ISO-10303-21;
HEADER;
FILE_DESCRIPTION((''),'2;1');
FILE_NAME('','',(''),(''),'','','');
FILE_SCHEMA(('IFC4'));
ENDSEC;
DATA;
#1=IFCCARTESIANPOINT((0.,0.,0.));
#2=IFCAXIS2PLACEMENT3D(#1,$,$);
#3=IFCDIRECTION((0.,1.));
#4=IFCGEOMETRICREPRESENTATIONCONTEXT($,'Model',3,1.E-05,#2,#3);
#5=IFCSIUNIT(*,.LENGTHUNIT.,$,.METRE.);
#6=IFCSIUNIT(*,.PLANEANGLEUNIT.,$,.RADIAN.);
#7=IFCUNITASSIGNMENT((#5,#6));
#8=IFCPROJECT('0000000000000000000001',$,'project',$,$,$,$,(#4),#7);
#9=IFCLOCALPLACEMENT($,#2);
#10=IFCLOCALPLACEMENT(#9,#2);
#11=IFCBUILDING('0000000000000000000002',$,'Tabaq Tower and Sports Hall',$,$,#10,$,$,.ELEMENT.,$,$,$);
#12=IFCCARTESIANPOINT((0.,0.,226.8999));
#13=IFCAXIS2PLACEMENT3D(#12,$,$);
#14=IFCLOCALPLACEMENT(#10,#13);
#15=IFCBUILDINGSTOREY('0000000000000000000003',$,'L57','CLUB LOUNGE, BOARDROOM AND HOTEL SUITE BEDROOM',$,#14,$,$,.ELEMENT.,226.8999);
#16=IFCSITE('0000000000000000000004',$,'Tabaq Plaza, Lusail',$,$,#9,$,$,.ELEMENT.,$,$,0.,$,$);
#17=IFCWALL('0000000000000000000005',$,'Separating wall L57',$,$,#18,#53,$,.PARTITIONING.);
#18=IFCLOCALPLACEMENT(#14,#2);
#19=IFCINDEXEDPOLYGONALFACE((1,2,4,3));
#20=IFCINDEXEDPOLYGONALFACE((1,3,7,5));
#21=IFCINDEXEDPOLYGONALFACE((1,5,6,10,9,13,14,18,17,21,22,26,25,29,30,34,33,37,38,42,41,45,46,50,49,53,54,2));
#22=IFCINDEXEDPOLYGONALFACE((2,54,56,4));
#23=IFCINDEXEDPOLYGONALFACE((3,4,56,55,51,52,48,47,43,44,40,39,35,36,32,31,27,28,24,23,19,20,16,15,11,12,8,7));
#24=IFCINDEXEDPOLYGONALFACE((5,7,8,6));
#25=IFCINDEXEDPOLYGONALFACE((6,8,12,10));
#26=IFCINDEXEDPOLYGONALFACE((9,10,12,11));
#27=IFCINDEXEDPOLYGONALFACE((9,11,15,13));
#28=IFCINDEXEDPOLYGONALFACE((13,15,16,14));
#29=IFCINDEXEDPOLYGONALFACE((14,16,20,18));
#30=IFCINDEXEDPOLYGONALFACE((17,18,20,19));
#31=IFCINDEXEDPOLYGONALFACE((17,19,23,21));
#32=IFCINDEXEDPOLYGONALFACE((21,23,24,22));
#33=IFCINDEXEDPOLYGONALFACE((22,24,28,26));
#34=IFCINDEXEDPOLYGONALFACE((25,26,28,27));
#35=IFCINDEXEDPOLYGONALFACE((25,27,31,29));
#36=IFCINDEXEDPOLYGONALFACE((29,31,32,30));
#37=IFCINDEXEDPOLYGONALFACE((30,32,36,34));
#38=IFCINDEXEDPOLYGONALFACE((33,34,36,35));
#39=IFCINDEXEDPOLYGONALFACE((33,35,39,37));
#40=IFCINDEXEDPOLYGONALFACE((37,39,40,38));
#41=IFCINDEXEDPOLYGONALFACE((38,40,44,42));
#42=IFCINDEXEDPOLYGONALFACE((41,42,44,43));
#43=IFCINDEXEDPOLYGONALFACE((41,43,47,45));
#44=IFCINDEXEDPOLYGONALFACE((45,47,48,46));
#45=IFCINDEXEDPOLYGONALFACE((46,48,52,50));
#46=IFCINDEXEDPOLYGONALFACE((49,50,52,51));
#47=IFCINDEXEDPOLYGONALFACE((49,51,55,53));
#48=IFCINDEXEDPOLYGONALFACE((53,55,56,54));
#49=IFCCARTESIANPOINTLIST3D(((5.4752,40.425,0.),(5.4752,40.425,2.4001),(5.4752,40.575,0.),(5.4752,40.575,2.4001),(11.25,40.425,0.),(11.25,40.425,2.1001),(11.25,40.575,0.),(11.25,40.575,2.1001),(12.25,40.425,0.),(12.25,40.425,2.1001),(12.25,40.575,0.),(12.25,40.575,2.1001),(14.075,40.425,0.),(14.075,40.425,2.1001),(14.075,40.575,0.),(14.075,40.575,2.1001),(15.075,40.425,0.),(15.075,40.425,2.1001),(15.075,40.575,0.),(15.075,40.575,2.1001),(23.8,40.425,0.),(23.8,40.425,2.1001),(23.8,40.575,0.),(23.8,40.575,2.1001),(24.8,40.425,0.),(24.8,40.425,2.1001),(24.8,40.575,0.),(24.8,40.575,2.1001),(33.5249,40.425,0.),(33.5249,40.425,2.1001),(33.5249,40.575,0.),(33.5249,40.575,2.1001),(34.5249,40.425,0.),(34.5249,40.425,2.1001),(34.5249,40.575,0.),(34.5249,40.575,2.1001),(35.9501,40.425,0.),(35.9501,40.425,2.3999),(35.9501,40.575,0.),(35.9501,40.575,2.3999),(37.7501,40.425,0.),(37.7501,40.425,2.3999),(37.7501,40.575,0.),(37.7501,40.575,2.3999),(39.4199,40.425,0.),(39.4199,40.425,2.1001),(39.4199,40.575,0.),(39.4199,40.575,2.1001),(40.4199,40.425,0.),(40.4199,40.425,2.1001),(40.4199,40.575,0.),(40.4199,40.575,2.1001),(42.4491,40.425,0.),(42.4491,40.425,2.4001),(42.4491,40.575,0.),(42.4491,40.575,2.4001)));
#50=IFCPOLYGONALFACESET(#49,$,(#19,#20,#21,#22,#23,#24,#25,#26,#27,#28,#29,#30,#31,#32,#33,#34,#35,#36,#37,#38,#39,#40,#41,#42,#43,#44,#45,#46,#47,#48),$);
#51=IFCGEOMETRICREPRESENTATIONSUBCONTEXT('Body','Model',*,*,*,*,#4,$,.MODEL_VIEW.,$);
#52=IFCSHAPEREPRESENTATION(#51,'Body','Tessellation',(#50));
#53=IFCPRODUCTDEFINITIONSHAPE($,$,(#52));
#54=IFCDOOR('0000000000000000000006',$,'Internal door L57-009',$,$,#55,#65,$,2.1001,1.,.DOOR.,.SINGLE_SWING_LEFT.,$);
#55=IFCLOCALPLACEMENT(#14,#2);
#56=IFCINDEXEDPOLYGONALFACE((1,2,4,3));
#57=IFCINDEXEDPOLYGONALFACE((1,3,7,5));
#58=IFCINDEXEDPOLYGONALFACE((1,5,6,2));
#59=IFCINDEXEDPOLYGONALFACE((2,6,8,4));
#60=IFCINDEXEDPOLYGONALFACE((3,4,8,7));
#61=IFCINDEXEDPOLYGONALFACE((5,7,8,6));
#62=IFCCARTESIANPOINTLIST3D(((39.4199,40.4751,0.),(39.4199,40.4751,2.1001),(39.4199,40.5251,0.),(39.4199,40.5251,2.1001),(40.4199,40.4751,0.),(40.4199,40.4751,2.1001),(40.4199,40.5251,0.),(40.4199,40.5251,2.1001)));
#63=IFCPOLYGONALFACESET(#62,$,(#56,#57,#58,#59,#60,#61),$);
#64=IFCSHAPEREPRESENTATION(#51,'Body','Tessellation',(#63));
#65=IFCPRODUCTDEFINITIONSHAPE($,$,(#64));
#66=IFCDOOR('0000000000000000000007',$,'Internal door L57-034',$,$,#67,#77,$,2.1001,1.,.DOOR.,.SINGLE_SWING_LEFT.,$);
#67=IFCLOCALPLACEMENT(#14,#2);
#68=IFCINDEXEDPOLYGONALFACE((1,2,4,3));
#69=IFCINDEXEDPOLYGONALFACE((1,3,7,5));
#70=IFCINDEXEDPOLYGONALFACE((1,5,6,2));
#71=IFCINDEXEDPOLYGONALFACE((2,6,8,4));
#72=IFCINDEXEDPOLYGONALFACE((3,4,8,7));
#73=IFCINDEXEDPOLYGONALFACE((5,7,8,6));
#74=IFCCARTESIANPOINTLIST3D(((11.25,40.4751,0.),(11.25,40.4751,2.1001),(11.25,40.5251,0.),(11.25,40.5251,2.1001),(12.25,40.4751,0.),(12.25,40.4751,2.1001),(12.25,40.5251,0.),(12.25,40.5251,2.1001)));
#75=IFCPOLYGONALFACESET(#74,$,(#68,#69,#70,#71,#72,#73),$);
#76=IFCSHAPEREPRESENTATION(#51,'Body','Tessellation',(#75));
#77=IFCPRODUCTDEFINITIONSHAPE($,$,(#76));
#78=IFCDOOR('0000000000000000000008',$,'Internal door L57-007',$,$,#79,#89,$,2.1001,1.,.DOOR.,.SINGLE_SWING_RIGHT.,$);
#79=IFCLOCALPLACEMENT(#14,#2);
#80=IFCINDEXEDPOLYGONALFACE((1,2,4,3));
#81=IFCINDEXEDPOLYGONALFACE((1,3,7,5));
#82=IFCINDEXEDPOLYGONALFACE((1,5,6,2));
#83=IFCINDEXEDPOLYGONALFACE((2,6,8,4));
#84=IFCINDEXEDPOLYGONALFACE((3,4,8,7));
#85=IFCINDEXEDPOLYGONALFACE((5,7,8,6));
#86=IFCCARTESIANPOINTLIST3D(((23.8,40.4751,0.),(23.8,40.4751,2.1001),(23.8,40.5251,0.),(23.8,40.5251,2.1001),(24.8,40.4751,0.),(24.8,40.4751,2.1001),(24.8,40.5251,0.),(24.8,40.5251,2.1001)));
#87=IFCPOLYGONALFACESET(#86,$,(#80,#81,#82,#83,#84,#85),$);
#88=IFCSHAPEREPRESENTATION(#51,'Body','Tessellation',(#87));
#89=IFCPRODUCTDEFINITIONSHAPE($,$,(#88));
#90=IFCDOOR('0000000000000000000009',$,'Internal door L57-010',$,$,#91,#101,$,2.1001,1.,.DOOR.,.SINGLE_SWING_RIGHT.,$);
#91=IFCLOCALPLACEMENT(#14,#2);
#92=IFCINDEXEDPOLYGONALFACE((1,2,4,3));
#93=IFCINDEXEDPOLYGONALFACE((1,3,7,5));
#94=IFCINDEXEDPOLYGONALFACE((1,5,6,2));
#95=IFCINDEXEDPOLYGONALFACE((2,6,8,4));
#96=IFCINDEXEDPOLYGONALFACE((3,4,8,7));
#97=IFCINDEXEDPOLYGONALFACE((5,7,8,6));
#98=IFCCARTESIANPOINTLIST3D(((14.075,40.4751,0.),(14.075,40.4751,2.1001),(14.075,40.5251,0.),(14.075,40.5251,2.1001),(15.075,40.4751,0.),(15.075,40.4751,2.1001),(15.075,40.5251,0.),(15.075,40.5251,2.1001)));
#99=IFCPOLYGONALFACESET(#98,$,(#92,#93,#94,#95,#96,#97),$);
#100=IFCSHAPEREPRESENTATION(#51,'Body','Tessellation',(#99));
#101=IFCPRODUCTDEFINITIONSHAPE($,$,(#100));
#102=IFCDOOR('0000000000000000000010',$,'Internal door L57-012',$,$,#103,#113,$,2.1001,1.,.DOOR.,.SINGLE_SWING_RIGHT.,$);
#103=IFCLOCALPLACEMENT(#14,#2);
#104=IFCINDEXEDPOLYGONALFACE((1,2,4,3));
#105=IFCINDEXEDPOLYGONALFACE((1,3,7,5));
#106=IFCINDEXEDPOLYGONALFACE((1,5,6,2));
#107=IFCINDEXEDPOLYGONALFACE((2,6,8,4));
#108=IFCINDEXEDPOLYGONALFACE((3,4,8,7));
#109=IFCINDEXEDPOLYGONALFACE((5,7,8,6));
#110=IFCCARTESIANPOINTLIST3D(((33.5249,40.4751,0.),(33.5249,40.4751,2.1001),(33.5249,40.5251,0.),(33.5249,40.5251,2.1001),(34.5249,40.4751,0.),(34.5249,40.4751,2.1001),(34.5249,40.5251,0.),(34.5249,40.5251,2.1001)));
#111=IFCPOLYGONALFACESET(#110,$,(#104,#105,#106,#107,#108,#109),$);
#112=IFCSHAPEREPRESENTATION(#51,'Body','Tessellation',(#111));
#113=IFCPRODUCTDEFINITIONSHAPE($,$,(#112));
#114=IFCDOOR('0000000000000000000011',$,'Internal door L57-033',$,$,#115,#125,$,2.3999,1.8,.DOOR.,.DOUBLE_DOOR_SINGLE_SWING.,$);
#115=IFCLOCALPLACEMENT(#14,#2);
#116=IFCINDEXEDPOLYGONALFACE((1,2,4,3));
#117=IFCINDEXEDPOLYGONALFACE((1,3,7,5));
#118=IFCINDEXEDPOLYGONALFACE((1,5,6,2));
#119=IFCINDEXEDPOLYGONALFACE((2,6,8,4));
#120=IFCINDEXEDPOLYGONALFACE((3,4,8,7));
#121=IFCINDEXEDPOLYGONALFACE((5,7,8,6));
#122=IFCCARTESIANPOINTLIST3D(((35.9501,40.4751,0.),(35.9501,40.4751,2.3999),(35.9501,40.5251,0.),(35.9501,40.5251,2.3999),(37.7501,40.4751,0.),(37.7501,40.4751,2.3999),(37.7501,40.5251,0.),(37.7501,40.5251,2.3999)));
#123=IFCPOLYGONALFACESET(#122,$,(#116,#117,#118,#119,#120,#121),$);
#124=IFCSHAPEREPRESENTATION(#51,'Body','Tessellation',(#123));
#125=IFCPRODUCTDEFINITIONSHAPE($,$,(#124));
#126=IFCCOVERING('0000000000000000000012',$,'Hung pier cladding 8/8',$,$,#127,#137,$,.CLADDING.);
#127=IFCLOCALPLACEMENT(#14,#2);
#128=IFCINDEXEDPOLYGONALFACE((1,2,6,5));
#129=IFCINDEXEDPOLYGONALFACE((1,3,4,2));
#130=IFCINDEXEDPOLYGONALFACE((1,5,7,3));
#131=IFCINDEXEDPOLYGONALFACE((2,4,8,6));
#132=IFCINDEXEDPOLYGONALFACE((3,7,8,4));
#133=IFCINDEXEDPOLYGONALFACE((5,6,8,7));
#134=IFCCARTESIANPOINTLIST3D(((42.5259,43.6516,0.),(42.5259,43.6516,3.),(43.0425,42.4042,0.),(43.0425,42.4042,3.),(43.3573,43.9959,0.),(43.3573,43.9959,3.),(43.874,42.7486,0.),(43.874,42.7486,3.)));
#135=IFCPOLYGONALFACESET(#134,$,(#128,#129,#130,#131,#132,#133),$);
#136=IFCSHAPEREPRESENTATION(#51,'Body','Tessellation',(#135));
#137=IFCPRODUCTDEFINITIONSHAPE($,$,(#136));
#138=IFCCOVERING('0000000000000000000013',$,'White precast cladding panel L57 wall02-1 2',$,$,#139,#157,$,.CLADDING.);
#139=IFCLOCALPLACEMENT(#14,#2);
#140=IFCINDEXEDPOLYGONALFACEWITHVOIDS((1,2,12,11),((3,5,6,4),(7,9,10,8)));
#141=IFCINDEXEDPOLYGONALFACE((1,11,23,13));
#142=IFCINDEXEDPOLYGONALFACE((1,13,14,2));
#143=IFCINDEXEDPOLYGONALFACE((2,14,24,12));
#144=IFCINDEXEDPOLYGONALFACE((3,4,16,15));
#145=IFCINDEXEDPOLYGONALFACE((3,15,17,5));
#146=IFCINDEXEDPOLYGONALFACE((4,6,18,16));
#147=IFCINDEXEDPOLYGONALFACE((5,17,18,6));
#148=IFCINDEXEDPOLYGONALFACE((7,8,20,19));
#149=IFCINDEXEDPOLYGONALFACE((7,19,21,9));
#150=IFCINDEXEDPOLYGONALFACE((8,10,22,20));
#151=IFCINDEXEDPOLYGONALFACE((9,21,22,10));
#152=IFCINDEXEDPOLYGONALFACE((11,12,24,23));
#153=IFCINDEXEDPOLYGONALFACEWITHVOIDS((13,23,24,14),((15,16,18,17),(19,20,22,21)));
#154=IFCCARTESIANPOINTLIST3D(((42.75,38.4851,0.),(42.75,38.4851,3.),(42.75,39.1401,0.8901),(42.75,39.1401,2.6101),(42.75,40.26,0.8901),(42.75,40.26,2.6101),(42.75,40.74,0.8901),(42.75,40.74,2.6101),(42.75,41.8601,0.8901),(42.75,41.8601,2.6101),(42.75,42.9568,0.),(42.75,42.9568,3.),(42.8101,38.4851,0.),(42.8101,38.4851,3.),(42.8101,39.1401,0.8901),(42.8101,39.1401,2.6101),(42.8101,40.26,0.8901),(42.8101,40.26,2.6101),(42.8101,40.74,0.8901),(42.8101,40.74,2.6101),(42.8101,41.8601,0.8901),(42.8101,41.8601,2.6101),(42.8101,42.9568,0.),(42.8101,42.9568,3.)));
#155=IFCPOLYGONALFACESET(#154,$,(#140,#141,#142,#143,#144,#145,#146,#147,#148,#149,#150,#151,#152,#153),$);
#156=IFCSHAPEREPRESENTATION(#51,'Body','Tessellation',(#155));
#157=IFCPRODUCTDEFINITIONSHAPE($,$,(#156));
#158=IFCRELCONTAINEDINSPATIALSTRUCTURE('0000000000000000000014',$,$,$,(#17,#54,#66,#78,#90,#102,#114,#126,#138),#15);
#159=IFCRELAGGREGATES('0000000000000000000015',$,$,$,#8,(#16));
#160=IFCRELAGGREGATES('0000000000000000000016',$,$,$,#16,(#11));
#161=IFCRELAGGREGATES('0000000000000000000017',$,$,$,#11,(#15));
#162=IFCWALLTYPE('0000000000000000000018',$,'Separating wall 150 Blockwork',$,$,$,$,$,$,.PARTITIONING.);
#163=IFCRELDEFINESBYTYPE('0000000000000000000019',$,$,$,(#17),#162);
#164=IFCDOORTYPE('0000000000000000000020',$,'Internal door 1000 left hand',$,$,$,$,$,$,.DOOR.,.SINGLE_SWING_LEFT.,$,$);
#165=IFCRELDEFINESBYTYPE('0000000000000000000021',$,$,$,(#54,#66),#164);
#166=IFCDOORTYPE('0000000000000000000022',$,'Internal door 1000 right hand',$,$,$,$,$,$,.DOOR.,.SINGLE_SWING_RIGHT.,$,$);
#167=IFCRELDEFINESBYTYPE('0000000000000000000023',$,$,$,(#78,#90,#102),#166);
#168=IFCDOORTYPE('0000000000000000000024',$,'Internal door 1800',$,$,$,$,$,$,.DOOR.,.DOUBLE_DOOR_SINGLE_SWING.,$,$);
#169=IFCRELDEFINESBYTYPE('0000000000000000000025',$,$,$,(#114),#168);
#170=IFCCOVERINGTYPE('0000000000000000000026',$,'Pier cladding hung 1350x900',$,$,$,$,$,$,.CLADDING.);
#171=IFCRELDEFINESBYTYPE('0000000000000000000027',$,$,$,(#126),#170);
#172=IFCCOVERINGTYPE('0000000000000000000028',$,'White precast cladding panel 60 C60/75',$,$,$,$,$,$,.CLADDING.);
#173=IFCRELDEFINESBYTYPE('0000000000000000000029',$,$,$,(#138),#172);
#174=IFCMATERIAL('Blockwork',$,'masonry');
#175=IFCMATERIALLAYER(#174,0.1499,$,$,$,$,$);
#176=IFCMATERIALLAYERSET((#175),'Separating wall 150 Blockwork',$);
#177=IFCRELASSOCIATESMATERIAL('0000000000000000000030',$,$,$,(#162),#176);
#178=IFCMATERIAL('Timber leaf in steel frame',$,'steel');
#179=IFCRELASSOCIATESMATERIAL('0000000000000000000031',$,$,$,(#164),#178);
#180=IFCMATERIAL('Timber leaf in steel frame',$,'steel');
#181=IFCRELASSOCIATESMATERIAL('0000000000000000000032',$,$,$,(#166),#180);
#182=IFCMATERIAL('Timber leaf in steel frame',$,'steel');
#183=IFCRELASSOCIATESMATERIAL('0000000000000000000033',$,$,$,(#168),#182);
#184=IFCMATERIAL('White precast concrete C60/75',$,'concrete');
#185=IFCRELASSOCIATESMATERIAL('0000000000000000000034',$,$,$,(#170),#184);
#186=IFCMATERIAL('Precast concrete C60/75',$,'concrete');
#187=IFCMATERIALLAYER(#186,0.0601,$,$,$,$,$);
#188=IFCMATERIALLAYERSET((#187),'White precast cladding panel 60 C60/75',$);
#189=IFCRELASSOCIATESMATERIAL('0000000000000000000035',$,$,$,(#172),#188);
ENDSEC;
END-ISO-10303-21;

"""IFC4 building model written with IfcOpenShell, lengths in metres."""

from ifc_helpers import new_model, si_unit, direction, frame, frame_2d, origin, place, context, subcontext, project, spatial, polyline, rectangle, outline, extrude, material, layer, layer_set, type_object, element, fill, save


model = new_model("IFC4")

# Units and contexts
model_context = context("Model", 3, precision=1e-05, world=origin(), true_north=direction((0.0, 1.0)))
body_context = subcontext(model_context, "Body", "Model", "MODEL_VIEW")
ifc_project = project(units=[si_unit("LENGTHUNIT", "METRE"), si_unit("PLANEANGLEUNIT", "RADIAN")], contexts=[model_context])

# Site, building, storey
site_placement = place(None, origin())
site = spatial("IfcSite", under=ifc_project, at=site_placement, Name="Tabaq Plaza, Lusail", CompositionType="ELEMENT", RefElevation=0.0)
building_placement = place(site_placement, origin())
building = spatial("IfcBuilding", under=site, at=building_placement, Name="Tabaq Tower and Sports Hall", CompositionType="ELEMENT")
storey_placement = place(building_placement, frame((0.0, 0.0, 226.8999)))
storey = spatial("IfcBuildingStorey", under=building, at=storey_placement, Name="L57", Description="CLUB LOUNGE, BOARDROOM AND HOTEL SUITE BEDROOM", CompositionType="ELEMENT", Elevation=226.8999)

# Wall, openings, doors
ifc_material_1 = material(Name="Blockwork", Category="masonry")
ifc_layer_1 = layer(ifc_material_1, 0.1499)
ifc_layer_set_1 = layer_set([ifc_layer_1], Name="Separating wall 150 Blockwork")
wall_type_1 = type_object("IfcWallType", Name="Separating wall 150 Blockwork", PredefinedType="PARTITIONING", material=ifc_layer_set_1)
wall_1_placement = place(storey_placement, frame((42.449, 40.5, 0.0), z_axis=(0.0, 0.0, 1.0), x_axis=(-1.0, 0.0, 0.0)))
wall_1 = element("IfcWall", 1, at=wall_1_placement, inside=storey, type_object=wall_type_1, Name="Separating wall L57", PredefinedType="PARTITIONING", context=body_context, shape_type="SweptSolid", body=[
    extrude(rectangle(XDim=36.9739, YDim=0.1499, at=frame_2d((18.4868, 0.0))), origin(), (0.0, 0.0, 1.0), 2.4001),
])
opening_1_placement = place(wall_1_placement, frame((17.6489, 0.0, 0.0)))
opening_1 = element("IfcOpeningElement", 2, at=opening_1_placement, cuts=wall_1, PredefinedType="OPENING", context=body_context, shape_type="SweptSolid", body=[
    extrude(rectangle(XDim=1.0, YDim=2.1001, at=frame_2d((0.5, 1.05))), frame((0.0, 0.075, 0.0), z_axis=(0.0, -1.0, 0.0), x_axis=(1.0, 0.0, 0.0)), (0.0, 0.0, 1.0), 0.1499),
])
opening_2_placement = place(wall_1_placement, frame((2.0291, 0.0, 0.0)))
opening_2 = element("IfcOpeningElement", 3, at=opening_2_placement, cuts=wall_1, PredefinedType="OPENING", context=body_context, shape_type="SweptSolid", body=[
    extrude(rectangle(XDim=1.0, YDim=2.1001, at=frame_2d((0.5, 1.05))), frame((0.0, 0.075, 0.0), z_axis=(0.0, -1.0, 0.0), x_axis=(1.0, 0.0, 0.0)), (0.0, 0.0, 1.0), 0.1499),
])
opening_3_placement = place(wall_1_placement, frame((27.374, 0.0, 0.0)))
opening_3 = element("IfcOpeningElement", 4, at=opening_3_placement, cuts=wall_1, PredefinedType="OPENING", context=body_context, shape_type="SweptSolid", body=[
    extrude(rectangle(XDim=1.0, YDim=2.1001, at=frame_2d((0.5, 1.05))), frame((0.0, 0.075, 0.0), z_axis=(0.0, -1.0, 0.0), x_axis=(1.0, 0.0, 0.0)), (0.0, 0.0, 1.0), 0.1499),
])
opening_4_placement = place(wall_1_placement, frame((7.9241, 0.0, 0.0)))
opening_4 = element("IfcOpeningElement", 5, at=opening_4_placement, cuts=wall_1, PredefinedType="OPENING", context=body_context, shape_type="SweptSolid", body=[
    extrude(rectangle(XDim=1.0, YDim=2.1001, at=frame_2d((0.5, 1.05))), frame((0.0, 0.075, 0.0), z_axis=(0.0, -1.0, 0.0), x_axis=(1.0, 0.0, 0.0)), (0.0, 0.0, 1.0), 0.1499),
])
opening_5_placement = place(wall_1_placement, frame((4.699, 0.0, 0.0)))
opening_5 = element("IfcOpeningElement", 6, at=opening_5_placement, cuts=wall_1, PredefinedType="OPENING", context=body_context, shape_type="SweptSolid", body=[
    extrude(rectangle(XDim=1.8, YDim=2.3999, at=frame_2d((0.8999, 1.2))), frame((0.0, 0.075, 0.0), z_axis=(0.0, -1.0, 0.0), x_axis=(1.0, 0.0, 0.0)), (0.0, 0.0, 1.0), 0.1499),
])
opening_6_placement = place(wall_1_placement, frame((30.199, 0.0, 0.0)))
opening_6 = element("IfcOpeningElement", 7, at=opening_6_placement, cuts=wall_1, PredefinedType="OPENING", context=body_context, shape_type="SweptSolid", body=[
    extrude(rectangle(XDim=1.0, YDim=2.1001, at=frame_2d((0.5, 1.05))), frame((0.0, 0.075, 0.0), z_axis=(0.0, -1.0, 0.0), x_axis=(1.0, 0.0, 0.0)), (0.0, 0.0, 1.0), 0.1499),
])
ifc_material_2 = material(Name="Timber leaf in steel frame", Category="steel")
door_type_1 = type_object("IfcDoorType", Name="Internal door 1000 left hand", OperationType="SINGLE_SWING_LEFT", PredefinedType="DOOR", material=ifc_material_2)
door_1_placement = place(opening_2_placement, origin())
door_1 = element("IfcDoor", 8, at=door_1_placement, inside=storey, type_object=door_type_1, Name="Internal door L57-009", OperationType="SINGLE_SWING_LEFT", OverallHeight=2.1001, OverallWidth=1.0, PredefinedType="DOOR", context=body_context, shape_type="SweptSolid", body=[
    extrude(rectangle(XDim=1.0, YDim=2.1001, at=frame_2d((0.5, 1.05))), frame((0.0, 0.0249, 0.0), z_axis=(0.0, -1.0, 0.0), x_axis=(1.0, 0.0, 0.0)), (0.0, 0.0, 1.0), 0.05),
])
fill(opening_2, door_1)
door_2_placement = place(opening_6_placement, origin())
door_2 = element("IfcDoor", 9, at=door_2_placement, inside=storey, type_object=door_type_1, Name="Internal door L57-034", OperationType="SINGLE_SWING_LEFT", OverallHeight=2.1001, OverallWidth=1.0, PredefinedType="DOOR", context=body_context, shape_type="SweptSolid", body=[
    extrude(rectangle(XDim=1.0, YDim=2.1001, at=frame_2d((0.5, 1.05))), frame((0.0, 0.0249, 0.0), z_axis=(0.0, -1.0, 0.0), x_axis=(1.0, 0.0, 0.0)), (0.0, 0.0, 1.0), 0.05),
])
fill(opening_6, door_2)
ifc_material_3 = material(Name="Timber leaf in steel frame", Category="steel")
door_type_2 = type_object("IfcDoorType", Name="Internal door 1000 right hand", OperationType="SINGLE_SWING_RIGHT", PredefinedType="DOOR", material=ifc_material_3)
door_3_placement = place(opening_1_placement, origin())
door_3 = element("IfcDoor", 10, at=door_3_placement, inside=storey, type_object=door_type_2, Name="Internal door L57-007", OperationType="SINGLE_SWING_RIGHT", OverallHeight=2.1001, OverallWidth=1.0, PredefinedType="DOOR", context=body_context, shape_type="SweptSolid", body=[
    extrude(rectangle(XDim=1.0, YDim=2.1001, at=frame_2d((0.5, 1.05))), frame((0.0, 0.0249, 0.0), z_axis=(0.0, -1.0, 0.0), x_axis=(1.0, 0.0, 0.0)), (0.0, 0.0, 1.0), 0.05),
])
fill(opening_1, door_3)
door_4_placement = place(opening_3_placement, origin())
door_4 = element("IfcDoor", 11, at=door_4_placement, inside=storey, type_object=door_type_2, Name="Internal door L57-010", OperationType="SINGLE_SWING_RIGHT", OverallHeight=2.1001, OverallWidth=1.0, PredefinedType="DOOR", context=body_context, shape_type="SweptSolid", body=[
    extrude(rectangle(XDim=1.0, YDim=2.1001, at=frame_2d((0.5, 1.05))), frame((0.0, 0.0249, 0.0), z_axis=(0.0, -1.0, 0.0), x_axis=(1.0, 0.0, 0.0)), (0.0, 0.0, 1.0), 0.05),
])
fill(opening_3, door_4)
door_5_placement = place(opening_4_placement, origin())
door_5 = element("IfcDoor", 12, at=door_5_placement, inside=storey, type_object=door_type_2, Name="Internal door L57-012", OperationType="SINGLE_SWING_RIGHT", OverallHeight=2.1001, OverallWidth=1.0, PredefinedType="DOOR", context=body_context, shape_type="SweptSolid", body=[
    extrude(rectangle(XDim=1.0, YDim=2.1001, at=frame_2d((0.5, 1.05))), frame((0.0, 0.0249, 0.0), z_axis=(0.0, -1.0, 0.0), x_axis=(1.0, 0.0, 0.0)), (0.0, 0.0, 1.0), 0.05),
])
fill(opening_4, door_5)
ifc_material_4 = material(Name="Timber leaf in steel frame", Category="steel")
door_type_3 = type_object("IfcDoorType", Name="Internal door 1800", OperationType="DOUBLE_DOOR_SINGLE_SWING", PredefinedType="DOOR", material=ifc_material_4)
door_6_placement = place(opening_5_placement, origin())
door_6 = element("IfcDoor", 13, at=door_6_placement, inside=storey, type_object=door_type_3, Name="Internal door L57-033", OperationType="DOUBLE_DOOR_SINGLE_SWING", OverallHeight=2.3999, OverallWidth=1.8, PredefinedType="DOOR", context=body_context, shape_type="SweptSolid", body=[
    extrude(rectangle(XDim=1.8, YDim=2.3999, at=frame_2d((0.8999, 1.2))), frame((0.0, 0.0249, 0.0), z_axis=(0.0, -1.0, 0.0), x_axis=(1.0, 0.0, 0.0)), (0.0, 0.0, 1.0), 0.05),
])
fill(opening_5, door_6)

# Coverings
ifc_material_5 = material(Name="White precast concrete C60/75", Category="concrete")
covering_type_1 = type_object("IfcCoveringType", Name="Pier cladding hung 1350x900", PredefinedType="CLADDING", material=ifc_material_5)
covering_1_placement = place(storey_placement, frame((43.4583, 42.5764, 0.0), z_axis=(0.0, 0.0, 1.0), x_axis=(-0.38265, 0.923893, 0.0)))
element("IfcCovering", 14, at=covering_1_placement, inside=storey, type_object=covering_type_1, Name="Hung pier cladding 8/8", PredefinedType="CLADDING", context=body_context, shape_type="SweptSolid", body=[
    extrude(rectangle(XDim=1.3501, YDim=0.8999, at=frame_2d((0.675, 0.0))), origin(), (0.0, 0.0, 1.0), 3.0),
])
ifc_material_6 = material(Name="Precast concrete C60/75", Category="concrete")
ifc_layer_2 = layer(ifc_material_6, 0.0601)
ifc_layer_set_2 = layer_set([ifc_layer_2], Name="White precast cladding panel 60 C60/75")
covering_type_2 = type_object("IfcCoveringType", Name="White precast cladding panel 60 C60/75", PredefinedType="CLADDING", material=ifc_layer_set_2)
covering_2_placement = place(storey_placement, frame((42.78, 38.4851, 0.0), z_axis=(0.0, 0.0, 1.0), x_axis=(0.0, 1.0, 0.0)))
element("IfcCovering", 15, at=covering_2_placement, inside=storey, type_object=covering_type_2, Name="White precast cladding panel L57 wall02-1 2", PredefinedType="CLADDING", context=body_context, shape_type="SweptSolid", body=[
    extrude(outline(polyline([(0.0, 0.0), (4.4717, 0.0), (4.4717, 3.0), (0.0, 3.0), (0.0, 0.0)]), holes=[polyline([(0.655, 2.6101), (1.7749, 2.6101), (1.7749, 0.8901), (0.655, 0.8901), (0.655, 2.6101)]), polyline([(2.2549, 2.6101), (3.375, 2.6101), (3.375, 0.8901), (2.2549, 0.8901), (2.2549, 2.6101)])]), frame((0.0, 0.03, 0.0), z_axis=(0.0, -1.0, 0.0), x_axis=(1.0, 0.0, 0.0)), (0.0, 0.0, 1.0), 0.0601),
])

save(model, "model.ifc")
